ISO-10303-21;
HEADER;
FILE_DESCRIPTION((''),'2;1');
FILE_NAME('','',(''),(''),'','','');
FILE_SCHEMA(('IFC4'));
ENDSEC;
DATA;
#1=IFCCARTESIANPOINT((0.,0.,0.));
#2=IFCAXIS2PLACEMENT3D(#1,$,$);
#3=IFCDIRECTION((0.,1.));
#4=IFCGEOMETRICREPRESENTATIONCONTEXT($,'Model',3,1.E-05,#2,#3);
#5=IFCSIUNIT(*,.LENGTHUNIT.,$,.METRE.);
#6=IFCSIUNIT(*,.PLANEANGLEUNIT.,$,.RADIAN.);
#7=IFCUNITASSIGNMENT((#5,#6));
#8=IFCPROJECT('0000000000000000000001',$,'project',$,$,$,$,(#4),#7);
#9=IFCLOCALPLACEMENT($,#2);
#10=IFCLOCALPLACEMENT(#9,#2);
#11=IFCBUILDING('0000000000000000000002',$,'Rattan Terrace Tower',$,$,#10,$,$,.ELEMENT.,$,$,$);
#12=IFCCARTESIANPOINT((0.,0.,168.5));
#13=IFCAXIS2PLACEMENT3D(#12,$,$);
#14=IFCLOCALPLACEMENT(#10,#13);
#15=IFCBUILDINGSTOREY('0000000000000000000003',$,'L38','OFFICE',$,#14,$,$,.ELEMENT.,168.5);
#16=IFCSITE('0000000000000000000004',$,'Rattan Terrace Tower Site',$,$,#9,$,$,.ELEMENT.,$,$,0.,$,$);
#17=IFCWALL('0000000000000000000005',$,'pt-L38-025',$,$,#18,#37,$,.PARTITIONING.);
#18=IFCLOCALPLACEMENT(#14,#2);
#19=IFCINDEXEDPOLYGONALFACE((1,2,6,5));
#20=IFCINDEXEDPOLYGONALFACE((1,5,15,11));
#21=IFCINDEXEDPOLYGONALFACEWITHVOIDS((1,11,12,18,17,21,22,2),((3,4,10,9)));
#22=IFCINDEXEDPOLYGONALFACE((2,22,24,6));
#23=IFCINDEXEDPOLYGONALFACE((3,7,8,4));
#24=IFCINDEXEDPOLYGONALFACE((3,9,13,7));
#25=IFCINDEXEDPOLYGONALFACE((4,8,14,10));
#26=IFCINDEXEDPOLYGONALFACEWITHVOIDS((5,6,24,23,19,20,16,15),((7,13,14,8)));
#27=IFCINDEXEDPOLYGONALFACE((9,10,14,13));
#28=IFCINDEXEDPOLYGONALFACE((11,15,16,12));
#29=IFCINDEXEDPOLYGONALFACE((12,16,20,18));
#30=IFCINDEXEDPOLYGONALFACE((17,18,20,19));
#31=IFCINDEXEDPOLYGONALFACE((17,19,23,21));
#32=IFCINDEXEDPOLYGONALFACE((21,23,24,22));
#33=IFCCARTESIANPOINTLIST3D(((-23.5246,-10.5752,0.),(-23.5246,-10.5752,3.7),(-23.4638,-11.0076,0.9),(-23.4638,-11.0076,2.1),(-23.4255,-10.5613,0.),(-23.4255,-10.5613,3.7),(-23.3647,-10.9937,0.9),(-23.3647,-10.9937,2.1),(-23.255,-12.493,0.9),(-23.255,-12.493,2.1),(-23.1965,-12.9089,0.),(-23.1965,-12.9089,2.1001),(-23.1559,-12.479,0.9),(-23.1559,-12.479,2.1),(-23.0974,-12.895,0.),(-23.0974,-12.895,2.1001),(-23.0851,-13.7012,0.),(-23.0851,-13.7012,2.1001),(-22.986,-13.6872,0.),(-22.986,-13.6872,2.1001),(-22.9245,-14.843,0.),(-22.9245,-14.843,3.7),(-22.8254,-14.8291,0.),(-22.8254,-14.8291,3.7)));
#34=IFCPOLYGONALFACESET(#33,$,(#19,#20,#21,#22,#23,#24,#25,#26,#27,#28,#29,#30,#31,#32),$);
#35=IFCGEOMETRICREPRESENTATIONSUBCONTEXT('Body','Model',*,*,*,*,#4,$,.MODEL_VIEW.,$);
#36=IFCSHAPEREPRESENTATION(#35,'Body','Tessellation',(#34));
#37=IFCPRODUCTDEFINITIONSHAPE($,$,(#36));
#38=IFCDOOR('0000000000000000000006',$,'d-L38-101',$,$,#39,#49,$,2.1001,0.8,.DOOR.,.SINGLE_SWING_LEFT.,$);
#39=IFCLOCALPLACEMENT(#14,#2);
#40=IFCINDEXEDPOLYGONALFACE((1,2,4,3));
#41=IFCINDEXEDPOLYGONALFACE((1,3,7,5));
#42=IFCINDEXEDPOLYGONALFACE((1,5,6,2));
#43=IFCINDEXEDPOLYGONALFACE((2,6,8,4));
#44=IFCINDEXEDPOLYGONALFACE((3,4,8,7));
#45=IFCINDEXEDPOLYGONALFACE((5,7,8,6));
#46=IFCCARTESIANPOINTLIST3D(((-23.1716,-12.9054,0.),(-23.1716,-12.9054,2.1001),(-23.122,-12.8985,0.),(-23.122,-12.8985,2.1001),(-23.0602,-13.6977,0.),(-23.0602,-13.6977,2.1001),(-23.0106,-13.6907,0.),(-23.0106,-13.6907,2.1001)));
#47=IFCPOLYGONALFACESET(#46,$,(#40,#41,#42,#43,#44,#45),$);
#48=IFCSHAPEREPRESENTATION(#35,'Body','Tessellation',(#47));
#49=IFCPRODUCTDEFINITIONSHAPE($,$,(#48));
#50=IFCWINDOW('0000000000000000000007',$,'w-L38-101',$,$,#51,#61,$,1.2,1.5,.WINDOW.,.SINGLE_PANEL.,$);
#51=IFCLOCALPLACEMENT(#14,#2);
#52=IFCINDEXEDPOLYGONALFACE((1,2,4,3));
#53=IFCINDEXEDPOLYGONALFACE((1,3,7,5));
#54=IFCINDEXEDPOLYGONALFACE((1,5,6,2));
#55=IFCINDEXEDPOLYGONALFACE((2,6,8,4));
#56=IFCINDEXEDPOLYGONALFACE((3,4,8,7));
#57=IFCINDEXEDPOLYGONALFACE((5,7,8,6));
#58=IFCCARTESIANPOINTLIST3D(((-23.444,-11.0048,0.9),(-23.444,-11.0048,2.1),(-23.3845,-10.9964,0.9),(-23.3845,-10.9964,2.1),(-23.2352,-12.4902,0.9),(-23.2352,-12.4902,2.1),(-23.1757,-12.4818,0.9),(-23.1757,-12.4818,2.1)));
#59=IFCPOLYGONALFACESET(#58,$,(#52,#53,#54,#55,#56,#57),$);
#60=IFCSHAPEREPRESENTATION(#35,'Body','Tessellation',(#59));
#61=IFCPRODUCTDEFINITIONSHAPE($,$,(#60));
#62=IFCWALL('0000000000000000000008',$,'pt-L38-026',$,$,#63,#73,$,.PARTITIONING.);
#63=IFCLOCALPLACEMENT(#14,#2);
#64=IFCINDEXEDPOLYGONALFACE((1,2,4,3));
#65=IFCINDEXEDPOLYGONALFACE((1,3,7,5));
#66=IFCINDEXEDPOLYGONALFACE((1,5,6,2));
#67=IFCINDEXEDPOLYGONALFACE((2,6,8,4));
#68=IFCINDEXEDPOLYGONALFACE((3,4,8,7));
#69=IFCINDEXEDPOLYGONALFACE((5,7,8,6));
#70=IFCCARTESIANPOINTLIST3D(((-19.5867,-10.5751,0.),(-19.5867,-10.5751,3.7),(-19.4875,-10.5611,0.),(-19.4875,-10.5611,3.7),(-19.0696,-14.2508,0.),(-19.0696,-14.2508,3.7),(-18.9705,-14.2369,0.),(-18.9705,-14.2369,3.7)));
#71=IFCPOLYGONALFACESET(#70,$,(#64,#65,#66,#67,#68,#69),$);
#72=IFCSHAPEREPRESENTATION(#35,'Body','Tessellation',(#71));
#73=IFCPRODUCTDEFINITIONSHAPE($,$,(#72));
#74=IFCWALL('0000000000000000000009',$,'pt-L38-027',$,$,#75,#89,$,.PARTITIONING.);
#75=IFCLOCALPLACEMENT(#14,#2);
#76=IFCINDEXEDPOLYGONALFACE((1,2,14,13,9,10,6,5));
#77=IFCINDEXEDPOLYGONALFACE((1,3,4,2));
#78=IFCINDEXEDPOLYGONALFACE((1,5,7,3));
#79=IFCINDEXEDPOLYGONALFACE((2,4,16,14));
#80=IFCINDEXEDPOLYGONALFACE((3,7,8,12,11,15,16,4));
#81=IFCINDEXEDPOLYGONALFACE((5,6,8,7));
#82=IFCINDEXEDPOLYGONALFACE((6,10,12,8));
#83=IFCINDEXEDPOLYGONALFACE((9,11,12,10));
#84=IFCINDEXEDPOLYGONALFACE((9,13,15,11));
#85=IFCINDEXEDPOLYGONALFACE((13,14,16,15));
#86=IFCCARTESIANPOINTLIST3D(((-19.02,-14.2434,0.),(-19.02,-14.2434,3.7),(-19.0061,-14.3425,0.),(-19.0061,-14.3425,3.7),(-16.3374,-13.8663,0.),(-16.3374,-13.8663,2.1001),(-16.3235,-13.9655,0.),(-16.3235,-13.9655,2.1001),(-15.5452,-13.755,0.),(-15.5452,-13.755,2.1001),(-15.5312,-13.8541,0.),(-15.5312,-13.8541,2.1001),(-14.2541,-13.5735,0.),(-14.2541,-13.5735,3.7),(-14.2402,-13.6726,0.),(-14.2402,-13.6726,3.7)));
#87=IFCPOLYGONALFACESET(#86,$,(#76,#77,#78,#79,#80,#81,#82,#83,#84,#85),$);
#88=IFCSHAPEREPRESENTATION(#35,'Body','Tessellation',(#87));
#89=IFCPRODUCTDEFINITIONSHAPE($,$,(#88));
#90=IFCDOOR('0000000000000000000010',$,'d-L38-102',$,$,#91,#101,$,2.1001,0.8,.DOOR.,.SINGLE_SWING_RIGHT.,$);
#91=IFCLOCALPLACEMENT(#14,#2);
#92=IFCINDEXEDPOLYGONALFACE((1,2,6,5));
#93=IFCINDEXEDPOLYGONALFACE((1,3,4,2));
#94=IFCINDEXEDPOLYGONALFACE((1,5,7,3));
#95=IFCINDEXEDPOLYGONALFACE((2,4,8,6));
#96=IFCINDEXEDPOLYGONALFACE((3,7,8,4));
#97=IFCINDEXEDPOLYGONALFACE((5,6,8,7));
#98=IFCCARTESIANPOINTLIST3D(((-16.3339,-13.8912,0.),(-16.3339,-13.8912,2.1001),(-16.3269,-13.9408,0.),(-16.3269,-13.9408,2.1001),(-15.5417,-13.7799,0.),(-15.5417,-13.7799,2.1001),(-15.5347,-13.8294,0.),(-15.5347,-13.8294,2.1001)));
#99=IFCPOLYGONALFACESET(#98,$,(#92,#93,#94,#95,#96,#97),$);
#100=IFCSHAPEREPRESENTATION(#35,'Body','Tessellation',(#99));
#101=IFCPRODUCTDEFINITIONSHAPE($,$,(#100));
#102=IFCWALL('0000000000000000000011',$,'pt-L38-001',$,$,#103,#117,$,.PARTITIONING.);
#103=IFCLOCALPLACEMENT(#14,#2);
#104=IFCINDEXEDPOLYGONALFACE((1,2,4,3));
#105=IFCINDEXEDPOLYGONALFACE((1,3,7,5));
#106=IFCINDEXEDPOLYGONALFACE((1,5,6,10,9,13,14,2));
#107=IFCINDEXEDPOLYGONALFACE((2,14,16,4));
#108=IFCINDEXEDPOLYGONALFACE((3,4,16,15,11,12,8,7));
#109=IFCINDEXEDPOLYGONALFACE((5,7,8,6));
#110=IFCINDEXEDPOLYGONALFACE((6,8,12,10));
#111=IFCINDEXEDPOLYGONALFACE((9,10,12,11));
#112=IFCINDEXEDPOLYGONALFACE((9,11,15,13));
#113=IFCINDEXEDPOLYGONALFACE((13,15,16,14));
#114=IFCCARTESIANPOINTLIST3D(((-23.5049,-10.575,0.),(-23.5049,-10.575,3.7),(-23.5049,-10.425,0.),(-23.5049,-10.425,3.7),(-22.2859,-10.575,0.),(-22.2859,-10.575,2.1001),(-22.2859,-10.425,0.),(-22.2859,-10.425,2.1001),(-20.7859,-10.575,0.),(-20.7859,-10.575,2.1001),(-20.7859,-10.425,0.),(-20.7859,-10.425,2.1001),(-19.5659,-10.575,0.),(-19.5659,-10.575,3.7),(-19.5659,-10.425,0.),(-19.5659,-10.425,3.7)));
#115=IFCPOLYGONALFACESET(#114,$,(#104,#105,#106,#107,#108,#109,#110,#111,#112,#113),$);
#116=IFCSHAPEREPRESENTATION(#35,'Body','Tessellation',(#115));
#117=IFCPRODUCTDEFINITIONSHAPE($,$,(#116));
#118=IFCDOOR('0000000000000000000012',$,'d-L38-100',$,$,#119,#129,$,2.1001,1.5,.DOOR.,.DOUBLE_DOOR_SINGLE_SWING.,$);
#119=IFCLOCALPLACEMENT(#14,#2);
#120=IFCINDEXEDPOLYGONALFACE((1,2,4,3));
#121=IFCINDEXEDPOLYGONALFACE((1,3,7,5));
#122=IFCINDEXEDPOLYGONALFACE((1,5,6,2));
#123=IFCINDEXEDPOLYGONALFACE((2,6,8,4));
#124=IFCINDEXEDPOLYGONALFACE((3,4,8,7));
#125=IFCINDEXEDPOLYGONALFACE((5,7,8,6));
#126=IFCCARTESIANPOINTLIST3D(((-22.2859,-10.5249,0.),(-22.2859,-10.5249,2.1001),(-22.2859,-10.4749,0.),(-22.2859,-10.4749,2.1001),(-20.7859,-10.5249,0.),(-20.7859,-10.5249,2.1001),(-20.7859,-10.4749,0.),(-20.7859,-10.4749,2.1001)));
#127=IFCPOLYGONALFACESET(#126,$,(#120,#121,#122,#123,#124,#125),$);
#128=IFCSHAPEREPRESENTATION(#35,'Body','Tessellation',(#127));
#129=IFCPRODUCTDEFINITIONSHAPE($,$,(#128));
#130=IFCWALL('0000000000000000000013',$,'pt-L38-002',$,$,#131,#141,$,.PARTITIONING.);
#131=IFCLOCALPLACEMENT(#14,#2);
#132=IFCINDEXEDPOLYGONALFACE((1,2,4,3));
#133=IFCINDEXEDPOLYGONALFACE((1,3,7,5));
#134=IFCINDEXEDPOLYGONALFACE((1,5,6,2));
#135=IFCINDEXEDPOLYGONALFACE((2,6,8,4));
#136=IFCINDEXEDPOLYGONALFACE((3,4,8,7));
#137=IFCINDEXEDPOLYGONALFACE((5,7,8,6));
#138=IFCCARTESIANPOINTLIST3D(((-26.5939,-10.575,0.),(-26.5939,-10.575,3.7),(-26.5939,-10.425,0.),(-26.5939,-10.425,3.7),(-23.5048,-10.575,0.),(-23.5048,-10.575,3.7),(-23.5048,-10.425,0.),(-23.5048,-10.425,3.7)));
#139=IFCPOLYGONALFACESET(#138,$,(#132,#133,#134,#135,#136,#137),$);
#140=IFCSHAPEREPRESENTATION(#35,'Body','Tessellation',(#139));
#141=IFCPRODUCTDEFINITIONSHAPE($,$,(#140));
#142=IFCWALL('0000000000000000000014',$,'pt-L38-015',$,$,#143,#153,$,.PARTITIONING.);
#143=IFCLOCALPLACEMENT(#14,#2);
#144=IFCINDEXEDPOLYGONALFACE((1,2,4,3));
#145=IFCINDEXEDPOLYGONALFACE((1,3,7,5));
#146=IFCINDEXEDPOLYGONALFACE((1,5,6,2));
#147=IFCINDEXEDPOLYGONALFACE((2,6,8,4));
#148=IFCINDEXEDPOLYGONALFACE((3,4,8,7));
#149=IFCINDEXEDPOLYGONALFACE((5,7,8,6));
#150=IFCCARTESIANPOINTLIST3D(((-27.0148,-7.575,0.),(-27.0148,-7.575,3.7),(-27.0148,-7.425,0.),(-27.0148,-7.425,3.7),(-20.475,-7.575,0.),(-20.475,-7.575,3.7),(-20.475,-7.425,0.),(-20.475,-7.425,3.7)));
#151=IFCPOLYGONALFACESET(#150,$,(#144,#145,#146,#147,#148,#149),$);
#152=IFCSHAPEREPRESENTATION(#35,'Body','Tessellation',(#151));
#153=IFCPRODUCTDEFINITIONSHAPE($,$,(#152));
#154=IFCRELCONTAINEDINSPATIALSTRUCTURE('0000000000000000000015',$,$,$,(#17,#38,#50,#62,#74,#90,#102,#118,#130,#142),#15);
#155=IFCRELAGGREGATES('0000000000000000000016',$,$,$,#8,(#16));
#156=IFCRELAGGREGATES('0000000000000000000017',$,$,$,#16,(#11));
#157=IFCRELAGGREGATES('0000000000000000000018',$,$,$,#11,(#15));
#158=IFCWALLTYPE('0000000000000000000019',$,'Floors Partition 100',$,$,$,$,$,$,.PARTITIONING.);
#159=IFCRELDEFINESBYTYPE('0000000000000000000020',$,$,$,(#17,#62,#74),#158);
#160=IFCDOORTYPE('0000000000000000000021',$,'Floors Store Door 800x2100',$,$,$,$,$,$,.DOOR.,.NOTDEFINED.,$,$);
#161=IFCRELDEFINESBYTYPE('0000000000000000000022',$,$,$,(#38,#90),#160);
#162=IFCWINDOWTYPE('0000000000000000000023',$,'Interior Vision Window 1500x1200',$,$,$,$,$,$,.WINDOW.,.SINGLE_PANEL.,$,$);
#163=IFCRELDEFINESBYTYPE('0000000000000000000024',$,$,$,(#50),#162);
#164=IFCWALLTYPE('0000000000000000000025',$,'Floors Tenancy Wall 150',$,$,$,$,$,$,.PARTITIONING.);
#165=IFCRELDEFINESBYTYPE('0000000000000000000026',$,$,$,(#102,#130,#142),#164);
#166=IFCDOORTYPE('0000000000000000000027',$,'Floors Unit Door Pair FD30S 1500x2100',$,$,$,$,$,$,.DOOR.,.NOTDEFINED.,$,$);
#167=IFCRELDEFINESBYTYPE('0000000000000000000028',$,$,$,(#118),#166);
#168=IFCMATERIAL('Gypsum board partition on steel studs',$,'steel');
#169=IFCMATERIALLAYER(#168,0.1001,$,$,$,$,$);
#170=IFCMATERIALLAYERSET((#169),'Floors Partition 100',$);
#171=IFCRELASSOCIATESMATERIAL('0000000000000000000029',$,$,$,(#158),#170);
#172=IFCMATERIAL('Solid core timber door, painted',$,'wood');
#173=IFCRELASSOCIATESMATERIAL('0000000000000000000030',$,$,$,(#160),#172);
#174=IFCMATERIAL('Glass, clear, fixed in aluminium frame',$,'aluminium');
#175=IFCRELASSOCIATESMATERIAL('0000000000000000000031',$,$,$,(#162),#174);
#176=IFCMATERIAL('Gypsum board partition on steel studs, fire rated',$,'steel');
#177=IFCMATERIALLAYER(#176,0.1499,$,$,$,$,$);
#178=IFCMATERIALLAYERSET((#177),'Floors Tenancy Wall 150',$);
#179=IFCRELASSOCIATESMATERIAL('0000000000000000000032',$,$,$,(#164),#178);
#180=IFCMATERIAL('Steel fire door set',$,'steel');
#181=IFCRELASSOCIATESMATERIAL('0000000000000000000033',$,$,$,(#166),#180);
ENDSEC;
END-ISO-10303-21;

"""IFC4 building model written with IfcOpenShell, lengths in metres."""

from ifc_helpers import new_model, si_unit, direction, frame, frame_2d, origin, place, context, subcontext, project, spatial, rectangle, extrude, material, layer, layer_set, type_object, element, fill, save


model = new_model("IFC4")

# Units and contexts
model_context = context("Model", 3, precision=1e-05, world=origin(), true_north=direction((0.0, 1.0)))
body_context = subcontext(model_context, "Body", "Model", "MODEL_VIEW")
ifc_project = project(units=[si_unit("LENGTHUNIT", "METRE"), si_unit("PLANEANGLEUNIT", "RADIAN")], contexts=[model_context])

# Site, building, storey
site_placement = place(None, origin())
site = spatial("IfcSite", under=ifc_project, at=site_placement, Name="Rattan Terrace Tower Site", CompositionType="ELEMENT", RefElevation=0.0)
building_placement = place(site_placement, origin())
building = spatial("IfcBuilding", under=site, at=building_placement, Name="Rattan Terrace Tower", CompositionType="ELEMENT")
storey_placement = place(building_placement, frame((0.0, 0.0, 168.5)))
storey = spatial("IfcBuildingStorey", under=building, at=storey_placement, Name="L38", Description="OFFICE", CompositionType="ELEMENT", Elevation=168.5)

# Shared definitions
ifc_material_1 = material(Name="Gypsum board partition on steel studs", Category="steel")
ifc_layer_1 = layer(ifc_material_1, 0.1001)
ifc_layer_set_1 = layer_set([ifc_layer_1], Name="Floors Partition 100")
wall_type_1 = type_object("IfcWallType", Name="Floors Partition 100", PredefinedType="PARTITIONING", material=ifc_layer_set_1)

# Wall, openings, door, window
wall_1_placement = place(storey_placement, frame((-22.875, -14.8359, 0.0), z_axis=(0.0, 0.0, 1.0), x_axis=(-0.13924, 0.990259, 0.0)))
wall_1 = element("IfcWall", 1, at=wall_1_placement, inside=storey, type_object=wall_type_1, Name="pt-L38-025", PredefinedType="PARTITIONING", context=body_context, shape_type="SweptSolid", body=[
    extrude(rectangle(XDim=4.3098, YDim=0.1001, at=frame_2d((2.1548, 0.0))), origin(), (0.0, 0.0, 1.0), 3.7),
])
opening_1_placement = place(wall_1_placement, frame((1.1531, 0.0, 0.0)))
opening_1 = element("IfcOpeningElement", 2, at=opening_1_placement, cuts=wall_1, PredefinedType="OPENING", context=body_context, shape_type="SweptSolid", body=[
    extrude(rectangle(XDim=0.8, YDim=2.1001, at=frame_2d((0.3999, 1.05))), frame((0.0, 0.0605, 0.0), z_axis=(0.0, -1.0, 0.0), x_axis=(1.0, 0.0, 0.0)), (0.0, 0.0, 1.0), 0.1211),
])
opening_2_placement = place(wall_1_placement, frame((2.373, 0.0, 0.8999)))
opening_2 = element("IfcOpeningElement", 3, at=opening_2_placement, cuts=wall_1, PredefinedType="OPENING", context=body_context, shape_type="SweptSolid", body=[
    extrude(rectangle(XDim=1.5, YDim=1.2, at=frame_2d((0.75, 0.6001))), frame((0.0, 0.0605, 0.0), z_axis=(0.0, -1.0, 0.0), x_axis=(1.0, 0.0, 0.0)), (0.0, 0.0, 1.0), 0.1211),
])
ifc_material_2 = material(Name="Solid core timber door, painted", Category="wood")
door_type_1 = type_object("IfcDoorType", Name="Floors Store Door 800x2100", OperationType="NOTDEFINED", PredefinedType="DOOR", material=ifc_material_2)
door_1_placement = place(opening_1_placement, origin())
door_1 = element("IfcDoor", 4, at=door_1_placement, inside=storey, type_object=door_type_1, Name="d-L38-101", OperationType="SINGLE_SWING_LEFT", OverallHeight=2.1001, OverallWidth=0.8, PredefinedType="DOOR", context=body_context, shape_type="SweptSolid", body=[
    extrude(rectangle(XDim=0.8, YDim=2.1001, at=frame_2d((0.3999, 1.05))), frame((0.0, 0.0249, 0.0), z_axis=(0.0, -1.0, 0.0), x_axis=(1.0, 0.0, 0.0)), (0.0, 0.0, 1.0), 0.05),
])
fill(opening_1, door_1)
ifc_material_3 = material(Name="Glass, clear, fixed in aluminium frame", Category="aluminium")
window_type_1 = type_object("IfcWindowType", Name="Interior Vision Window 1500x1200", PartitioningType="SINGLE_PANEL", PredefinedType="WINDOW", material=ifc_material_3)
window_1_placement = place(opening_2_placement, origin())
window_1 = element("IfcWindow", 5, at=window_1_placement, inside=storey, type_object=window_type_1, Name="w-L38-101", OverallHeight=1.2, OverallWidth=1.5, PartitioningType="SINGLE_PANEL", PredefinedType="WINDOW", context=body_context, shape_type="SweptSolid", body=[
    extrude(rectangle(XDim=1.5, YDim=1.2, at=frame_2d((0.75, 0.6001))), frame((0.0, 0.03, 0.0), z_axis=(0.0, -1.0, 0.0), x_axis=(1.0, 0.0, 0.0)), (0.0, 0.0, 1.0), 0.0601),
])
fill(opening_2, window_1)

# Wall
wall_2_placement = place(storey_placement, frame((-19.5371, -10.5681, 0.0), z_axis=(0.0, 0.0, 1.0), x_axis=(0.139303, -0.99025, 0.0)))
element("IfcWall", 6, at=wall_2_placement, inside=storey, type_object=wall_type_1, Name="pt-L38-026", PredefinedType="PARTITIONING", context=body_context, shape_type="SweptSolid", body=[
    extrude(rectangle(XDim=3.7119, YDim=0.1001, at=frame_2d((1.856, 0.0))), origin(), (0.0, 0.0, 1.0), 3.7),
])

# Walls, openings, doors
wall_3_placement = place(storey_placement, frame((-19.0129, -14.293, 0.0), z_axis=(0.0, 0.0, 1.0), x_axis=(0.990265, 0.139198, 0.0)))
wall_3 = element("IfcWall", 7, at=wall_3_placement, inside=storey, type_object=wall_type_1, Name="pt-L38-027", PredefinedType="PARTITIONING", context=body_context, shape_type="SweptSolid", body=[
    extrude(rectangle(XDim=4.8127, YDim=0.1001, at=frame_2d((2.4062, 0.0))), origin(), (0.0, 0.0, 1.0), 3.7),
])
opening_3_placement = place(wall_3_placement, frame((2.709, 0.0, 0.0)))
opening_3 = element("IfcOpeningElement", 8, at=opening_3_placement, cuts=wall_3, PredefinedType="OPENING", context=body_context, shape_type="SweptSolid", body=[
    extrude(rectangle(XDim=0.8, YDim=2.1001, at=frame_2d((0.3999, 1.05))), frame((0.0, 0.0605, 0.0), z_axis=(0.0, -1.0, 0.0), x_axis=(1.0, 0.0, 0.0)), (0.0, 0.0, 1.0), 0.1211),
])
door_2_placement = place(opening_3_placement, origin())
door_2 = element("IfcDoor", 9, at=door_2_placement, inside=storey, type_object=door_type_1, Name="d-L38-102", OperationType="SINGLE_SWING_RIGHT", OverallHeight=2.1001, OverallWidth=0.8, PredefinedType="DOOR", context=body_context, shape_type="SweptSolid", body=[
    extrude(rectangle(XDim=0.8, YDim=2.1001, at=frame_2d((0.3999, 1.05))), frame((0.0, 0.0249, 0.0), z_axis=(0.0, -1.0, 0.0), x_axis=(1.0, 0.0, 0.0)), (0.0, 0.0, 1.0), 0.05),
])
fill(opening_3, door_2)
ifc_material_4 = material(Name="Gypsum board partition on steel studs, fire rated", Category="steel")
ifc_layer_2 = layer(ifc_material_4, 0.1499)
ifc_layer_set_2 = layer_set([ifc_layer_2], Name="Floors Tenancy Wall 150")
wall_type_2 = type_object("IfcWallType", Name="Floors Tenancy Wall 150", PredefinedType="PARTITIONING", material=ifc_layer_set_2)
wall_4_placement = place(storey_placement, frame((-19.5659, -10.5, 0.0), z_axis=(0.0, 0.0, 1.0), x_axis=(-1.0, 0.0, 0.0)))
wall_4 = element("IfcWall", 10, at=wall_4_placement, inside=storey, type_object=wall_type_2, Name="pt-L38-001", PredefinedType="PARTITIONING", context=body_context, shape_type="SweptSolid", body=[
    extrude(rectangle(XDim=3.939, YDim=0.1499, at=frame_2d((1.9695, 0.0))), origin(), (0.0, 0.0, 1.0), 3.7),
])
opening_4_placement = place(wall_4_placement, frame((1.22, 0.0, 0.0)))
opening_4 = element("IfcOpeningElement", 11, at=opening_4_placement, cuts=wall_4, PredefinedType="OPENING", context=body_context, shape_type="SweptSolid", body=[
    extrude(rectangle(XDim=1.5, YDim=2.1001, at=frame_2d((0.75, 1.05))), frame((0.0, 0.0854, 0.0), z_axis=(0.0, -1.0, 0.0), x_axis=(1.0, 0.0, 0.0)), (0.0, 0.0, 1.0), 0.1709),
])
ifc_material_5 = material(Name="Steel fire door set", Category="steel")
door_type_2 = type_object("IfcDoorType", Name="Floors Unit Door Pair FD30S 1500x2100", OperationType="NOTDEFINED", PredefinedType="DOOR", material=ifc_material_5)
door_3_placement = place(opening_4_placement, origin())
door_3 = element("IfcDoor", 12, at=door_3_placement, inside=storey, type_object=door_type_2, Name="d-L38-100", OperationType="DOUBLE_DOOR_SINGLE_SWING", OverallHeight=2.1001, OverallWidth=1.5, PredefinedType="DOOR", context=body_context, shape_type="SweptSolid", body=[
    extrude(rectangle(XDim=1.5, YDim=2.1001, at=frame_2d((0.75, 1.05))), frame((0.0, 0.0249, 0.0), z_axis=(0.0, -1.0, 0.0), x_axis=(1.0, 0.0, 0.0)), (0.0, 0.0, 1.0), 0.05),
])
fill(opening_4, door_3)

# Walls
wall_5_placement = place(storey_placement, frame((-23.5049, -10.5, 0.0), z_axis=(0.0, 0.0, 1.0), x_axis=(-1.0, 0.0, 0.0)))
element("IfcWall", 13, at=wall_5_placement, inside=storey, type_object=wall_type_2, Name="pt-L38-002", PredefinedType="PARTITIONING", context=body_context, shape_type="SweptSolid", body=[
    extrude(rectangle(XDim=3.0891, YDim=0.1499, at=frame_2d((1.5444, 0.0))), origin(), (0.0, 0.0, 1.0), 3.7),
])
wall_6_placement = place(storey_placement, frame((-27.0149, -7.5, 0.0), z_axis=(0.0, 0.0, 1.0), x_axis=(1.0, 0.0, 0.0)))
element("IfcWall", 14, at=wall_6_placement, inside=storey, type_object=wall_type_2, Name="pt-L38-015", PredefinedType="PARTITIONING", context=body_context, shape_type="SweptSolid", body=[
    extrude(rectangle(XDim=6.5398, YDim=0.1499, at=frame_2d((3.27, 0.0))), origin(), (0.0, 0.0, 1.0), 3.7),
])

save(model, "model.ifc")
